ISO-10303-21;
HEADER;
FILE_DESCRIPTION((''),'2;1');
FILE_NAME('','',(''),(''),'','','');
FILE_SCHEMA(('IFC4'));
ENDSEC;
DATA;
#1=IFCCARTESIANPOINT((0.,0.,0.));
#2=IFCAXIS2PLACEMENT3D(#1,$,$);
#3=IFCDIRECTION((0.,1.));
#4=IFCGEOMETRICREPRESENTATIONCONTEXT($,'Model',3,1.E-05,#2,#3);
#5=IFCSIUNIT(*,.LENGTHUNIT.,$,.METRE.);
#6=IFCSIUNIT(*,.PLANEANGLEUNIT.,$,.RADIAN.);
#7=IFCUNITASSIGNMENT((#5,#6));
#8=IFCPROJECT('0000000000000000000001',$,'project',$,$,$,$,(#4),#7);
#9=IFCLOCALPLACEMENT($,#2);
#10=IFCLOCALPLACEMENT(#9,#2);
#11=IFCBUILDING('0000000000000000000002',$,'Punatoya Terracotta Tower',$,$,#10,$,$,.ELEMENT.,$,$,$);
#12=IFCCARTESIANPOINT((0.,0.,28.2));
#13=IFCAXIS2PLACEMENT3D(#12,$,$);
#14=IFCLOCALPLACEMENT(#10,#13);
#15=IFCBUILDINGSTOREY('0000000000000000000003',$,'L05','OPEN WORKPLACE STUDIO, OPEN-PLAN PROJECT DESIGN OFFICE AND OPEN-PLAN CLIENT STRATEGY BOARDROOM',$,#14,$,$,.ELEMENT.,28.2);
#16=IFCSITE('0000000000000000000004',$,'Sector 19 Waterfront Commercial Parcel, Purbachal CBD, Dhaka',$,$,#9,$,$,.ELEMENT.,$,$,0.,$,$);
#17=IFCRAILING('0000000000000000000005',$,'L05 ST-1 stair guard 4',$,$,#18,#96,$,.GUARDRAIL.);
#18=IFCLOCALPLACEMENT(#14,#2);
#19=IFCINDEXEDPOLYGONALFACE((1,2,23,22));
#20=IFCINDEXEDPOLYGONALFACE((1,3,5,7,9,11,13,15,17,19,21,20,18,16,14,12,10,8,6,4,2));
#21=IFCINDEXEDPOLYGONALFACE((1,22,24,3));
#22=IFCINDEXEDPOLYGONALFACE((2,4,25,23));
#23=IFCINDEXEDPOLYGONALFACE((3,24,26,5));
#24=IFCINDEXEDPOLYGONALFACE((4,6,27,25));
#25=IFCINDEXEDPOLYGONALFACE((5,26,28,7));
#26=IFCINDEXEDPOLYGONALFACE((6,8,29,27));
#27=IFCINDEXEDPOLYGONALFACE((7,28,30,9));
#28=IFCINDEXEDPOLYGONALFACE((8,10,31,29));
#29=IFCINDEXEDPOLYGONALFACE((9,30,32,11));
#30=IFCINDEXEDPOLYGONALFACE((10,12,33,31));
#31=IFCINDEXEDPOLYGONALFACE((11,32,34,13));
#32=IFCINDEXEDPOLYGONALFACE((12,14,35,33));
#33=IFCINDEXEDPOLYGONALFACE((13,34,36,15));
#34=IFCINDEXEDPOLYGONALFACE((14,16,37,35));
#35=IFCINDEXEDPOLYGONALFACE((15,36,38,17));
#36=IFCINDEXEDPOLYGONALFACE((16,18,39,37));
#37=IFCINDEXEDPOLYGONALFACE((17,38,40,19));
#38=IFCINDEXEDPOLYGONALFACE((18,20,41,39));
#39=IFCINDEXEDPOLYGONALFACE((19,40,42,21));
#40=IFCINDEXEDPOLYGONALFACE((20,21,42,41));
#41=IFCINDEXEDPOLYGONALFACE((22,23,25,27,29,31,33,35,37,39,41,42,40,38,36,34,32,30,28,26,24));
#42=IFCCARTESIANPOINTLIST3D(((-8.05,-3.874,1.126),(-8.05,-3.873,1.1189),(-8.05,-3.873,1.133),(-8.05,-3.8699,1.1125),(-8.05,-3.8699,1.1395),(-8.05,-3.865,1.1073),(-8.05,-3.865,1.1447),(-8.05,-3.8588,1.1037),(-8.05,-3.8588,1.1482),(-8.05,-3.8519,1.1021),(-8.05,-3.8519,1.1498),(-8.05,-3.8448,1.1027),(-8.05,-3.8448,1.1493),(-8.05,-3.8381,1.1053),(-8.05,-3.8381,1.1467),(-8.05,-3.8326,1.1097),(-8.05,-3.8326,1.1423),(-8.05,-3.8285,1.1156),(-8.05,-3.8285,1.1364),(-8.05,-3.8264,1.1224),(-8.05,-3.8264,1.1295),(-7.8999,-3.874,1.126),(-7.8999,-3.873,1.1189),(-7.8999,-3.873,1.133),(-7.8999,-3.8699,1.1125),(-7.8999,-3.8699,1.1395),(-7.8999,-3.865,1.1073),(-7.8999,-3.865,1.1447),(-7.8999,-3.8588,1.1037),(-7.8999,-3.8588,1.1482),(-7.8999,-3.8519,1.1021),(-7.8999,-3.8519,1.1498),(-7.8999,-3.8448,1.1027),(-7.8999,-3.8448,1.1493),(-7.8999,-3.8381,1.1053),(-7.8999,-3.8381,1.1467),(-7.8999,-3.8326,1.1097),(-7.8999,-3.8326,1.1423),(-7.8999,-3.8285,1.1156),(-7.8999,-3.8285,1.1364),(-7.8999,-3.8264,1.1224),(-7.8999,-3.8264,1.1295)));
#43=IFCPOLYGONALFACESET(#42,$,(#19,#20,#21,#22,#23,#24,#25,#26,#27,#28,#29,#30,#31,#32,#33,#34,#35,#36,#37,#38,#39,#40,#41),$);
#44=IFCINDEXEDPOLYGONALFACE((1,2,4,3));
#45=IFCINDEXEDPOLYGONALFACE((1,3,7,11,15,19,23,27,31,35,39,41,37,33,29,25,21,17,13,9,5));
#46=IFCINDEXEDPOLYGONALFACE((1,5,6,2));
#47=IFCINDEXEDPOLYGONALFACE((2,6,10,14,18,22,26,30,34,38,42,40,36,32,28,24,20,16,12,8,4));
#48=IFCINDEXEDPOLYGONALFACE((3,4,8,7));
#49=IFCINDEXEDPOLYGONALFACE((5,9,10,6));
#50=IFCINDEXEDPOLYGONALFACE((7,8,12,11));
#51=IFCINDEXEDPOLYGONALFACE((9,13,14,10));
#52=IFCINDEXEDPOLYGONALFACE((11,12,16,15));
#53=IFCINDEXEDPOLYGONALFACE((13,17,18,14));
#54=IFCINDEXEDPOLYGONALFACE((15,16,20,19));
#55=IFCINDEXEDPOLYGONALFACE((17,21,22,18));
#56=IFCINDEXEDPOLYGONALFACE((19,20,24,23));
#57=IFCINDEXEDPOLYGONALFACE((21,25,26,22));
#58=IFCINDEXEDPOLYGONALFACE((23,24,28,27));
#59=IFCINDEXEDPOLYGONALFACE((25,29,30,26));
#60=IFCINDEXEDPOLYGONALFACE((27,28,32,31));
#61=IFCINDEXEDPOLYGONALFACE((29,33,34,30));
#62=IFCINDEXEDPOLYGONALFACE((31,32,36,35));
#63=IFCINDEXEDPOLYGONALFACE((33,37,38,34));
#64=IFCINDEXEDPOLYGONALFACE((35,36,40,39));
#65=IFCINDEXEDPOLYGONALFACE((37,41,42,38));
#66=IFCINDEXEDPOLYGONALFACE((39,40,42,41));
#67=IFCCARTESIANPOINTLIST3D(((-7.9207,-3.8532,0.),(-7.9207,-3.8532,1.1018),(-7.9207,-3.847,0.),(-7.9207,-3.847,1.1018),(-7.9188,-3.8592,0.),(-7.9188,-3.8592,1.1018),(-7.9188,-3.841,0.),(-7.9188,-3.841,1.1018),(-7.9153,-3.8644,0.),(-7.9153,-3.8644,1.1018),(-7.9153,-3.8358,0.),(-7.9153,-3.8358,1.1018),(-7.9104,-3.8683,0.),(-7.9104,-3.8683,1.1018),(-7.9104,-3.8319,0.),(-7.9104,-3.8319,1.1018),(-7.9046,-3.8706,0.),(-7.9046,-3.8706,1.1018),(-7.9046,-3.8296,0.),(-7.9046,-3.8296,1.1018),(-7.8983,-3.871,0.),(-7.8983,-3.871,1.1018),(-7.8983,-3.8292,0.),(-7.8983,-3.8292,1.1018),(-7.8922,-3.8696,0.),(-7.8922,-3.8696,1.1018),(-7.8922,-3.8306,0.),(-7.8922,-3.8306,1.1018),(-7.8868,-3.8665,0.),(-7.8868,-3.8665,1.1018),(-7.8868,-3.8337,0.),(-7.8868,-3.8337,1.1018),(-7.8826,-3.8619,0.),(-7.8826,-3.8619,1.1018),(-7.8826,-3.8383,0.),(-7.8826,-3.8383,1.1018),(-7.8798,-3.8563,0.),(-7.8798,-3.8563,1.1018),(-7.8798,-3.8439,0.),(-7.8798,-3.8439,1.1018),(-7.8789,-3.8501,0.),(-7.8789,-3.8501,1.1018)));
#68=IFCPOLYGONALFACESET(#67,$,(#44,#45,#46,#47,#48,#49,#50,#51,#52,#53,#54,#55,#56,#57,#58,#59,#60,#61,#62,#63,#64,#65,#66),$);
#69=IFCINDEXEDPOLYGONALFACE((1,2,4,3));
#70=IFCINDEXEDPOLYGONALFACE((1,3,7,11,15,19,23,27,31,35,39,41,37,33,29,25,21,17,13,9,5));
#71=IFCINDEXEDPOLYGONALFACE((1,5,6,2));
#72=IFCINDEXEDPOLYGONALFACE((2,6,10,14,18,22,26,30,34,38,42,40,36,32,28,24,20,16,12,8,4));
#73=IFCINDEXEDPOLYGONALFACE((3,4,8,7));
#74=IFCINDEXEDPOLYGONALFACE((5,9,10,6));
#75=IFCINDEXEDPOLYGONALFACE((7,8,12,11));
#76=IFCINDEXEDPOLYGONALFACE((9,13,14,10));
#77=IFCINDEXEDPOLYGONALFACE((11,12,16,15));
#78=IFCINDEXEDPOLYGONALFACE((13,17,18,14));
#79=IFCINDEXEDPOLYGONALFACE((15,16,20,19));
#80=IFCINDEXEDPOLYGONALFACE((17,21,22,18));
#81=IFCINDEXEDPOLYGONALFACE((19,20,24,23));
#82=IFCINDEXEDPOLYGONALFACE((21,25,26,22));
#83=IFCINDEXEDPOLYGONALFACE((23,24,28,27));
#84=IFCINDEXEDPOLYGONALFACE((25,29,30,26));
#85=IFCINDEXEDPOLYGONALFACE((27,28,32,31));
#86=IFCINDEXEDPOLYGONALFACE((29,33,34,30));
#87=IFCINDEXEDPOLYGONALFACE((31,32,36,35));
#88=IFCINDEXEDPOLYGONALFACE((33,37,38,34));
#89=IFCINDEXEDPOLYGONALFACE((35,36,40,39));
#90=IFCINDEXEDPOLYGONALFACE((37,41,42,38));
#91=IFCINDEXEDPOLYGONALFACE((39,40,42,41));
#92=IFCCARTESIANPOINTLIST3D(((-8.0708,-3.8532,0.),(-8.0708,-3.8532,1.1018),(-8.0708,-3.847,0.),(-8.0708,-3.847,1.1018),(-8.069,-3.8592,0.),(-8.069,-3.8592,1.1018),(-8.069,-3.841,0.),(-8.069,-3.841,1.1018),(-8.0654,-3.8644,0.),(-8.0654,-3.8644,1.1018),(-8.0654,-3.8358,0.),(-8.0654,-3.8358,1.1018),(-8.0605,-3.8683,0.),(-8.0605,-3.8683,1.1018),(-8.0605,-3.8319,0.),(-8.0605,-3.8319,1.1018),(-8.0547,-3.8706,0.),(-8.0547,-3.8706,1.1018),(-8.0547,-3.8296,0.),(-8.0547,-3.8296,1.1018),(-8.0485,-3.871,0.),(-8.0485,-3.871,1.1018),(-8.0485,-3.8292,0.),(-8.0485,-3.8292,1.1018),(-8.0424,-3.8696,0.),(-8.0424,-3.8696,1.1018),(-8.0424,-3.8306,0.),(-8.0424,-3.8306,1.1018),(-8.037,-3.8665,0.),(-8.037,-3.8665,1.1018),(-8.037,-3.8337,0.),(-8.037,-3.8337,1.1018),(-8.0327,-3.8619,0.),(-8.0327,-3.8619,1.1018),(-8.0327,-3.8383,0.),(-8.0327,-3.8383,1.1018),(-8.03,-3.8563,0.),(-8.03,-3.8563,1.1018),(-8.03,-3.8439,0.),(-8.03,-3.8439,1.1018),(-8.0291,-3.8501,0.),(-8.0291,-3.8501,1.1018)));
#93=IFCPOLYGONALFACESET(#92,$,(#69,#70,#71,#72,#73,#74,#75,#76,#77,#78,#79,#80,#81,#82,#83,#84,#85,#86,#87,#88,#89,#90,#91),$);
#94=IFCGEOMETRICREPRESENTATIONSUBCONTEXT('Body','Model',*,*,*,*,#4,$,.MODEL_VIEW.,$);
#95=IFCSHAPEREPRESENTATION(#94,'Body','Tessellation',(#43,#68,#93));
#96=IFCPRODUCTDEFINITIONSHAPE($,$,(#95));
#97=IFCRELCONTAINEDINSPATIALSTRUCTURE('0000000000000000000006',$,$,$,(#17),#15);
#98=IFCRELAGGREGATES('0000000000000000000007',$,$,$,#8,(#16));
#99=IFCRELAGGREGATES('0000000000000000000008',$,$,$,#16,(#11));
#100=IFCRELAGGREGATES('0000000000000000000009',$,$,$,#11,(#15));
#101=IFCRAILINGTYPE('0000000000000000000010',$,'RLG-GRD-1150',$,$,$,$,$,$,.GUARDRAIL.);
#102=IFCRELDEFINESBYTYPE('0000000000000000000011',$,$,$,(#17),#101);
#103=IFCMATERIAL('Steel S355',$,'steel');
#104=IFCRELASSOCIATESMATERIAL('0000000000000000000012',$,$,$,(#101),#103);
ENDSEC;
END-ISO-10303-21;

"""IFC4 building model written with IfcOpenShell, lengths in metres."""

from ifc_helpers import new_model, si_unit, direction, frame, origin, origin_2d, place, context, subcontext, project, spatial, circle, extrude, material, type_object, element, save


model = new_model("IFC4")

# Units and contexts
model_context = context("Model", 3, precision=1e-05, world=origin(), true_north=direction((0.0, 1.0)))
body_context = subcontext(model_context, "Body", "Model", "MODEL_VIEW")
ifc_project = project(units=[si_unit("LENGTHUNIT", "METRE"), si_unit("PLANEANGLEUNIT", "RADIAN")], contexts=[model_context])

# Site, building, storey
site_placement = place(None, origin())
site = spatial("IfcSite", under=ifc_project, at=site_placement, Name="Sector 19 Waterfront Commercial Parcel, Purbachal CBD, Dhaka", CompositionType="ELEMENT", RefElevation=0.0)
building_placement = place(site_placement, origin())
building = spatial("IfcBuilding", under=site, at=building_placement, Name="Punatoya Terracotta Tower", CompositionType="ELEMENT")
storey_placement = place(building_placement, frame((0.0, 0.0, 28.2)))
storey = spatial("IfcBuildingStorey", under=building, at=storey_placement, Name="L05", Description="OPEN WORKPLACE STUDIO, OPEN-PLAN PROJECT DESIGN OFFICE AND OPEN-PLAN CLIENT STRATEGY BOARDROOM", CompositionType="ELEMENT", Elevation=28.2)

# Shared definitions
ifc_material_1 = material(Name="Steel S355", Category="steel")

# Railing
railing_type_1 = type_object("IfcRailingType", Name="RLG-GRD-1150", PredefinedType="GUARDRAIL", material=ifc_material_1)
railing_1_placement = place(storey_placement, frame((-7.8999, -3.8501, 0.0)))
element("IfcRailing", 1, at=railing_1_placement, inside=storey, type_object=railing_type_1, Name="L05 ST-1 stair guard 4", PredefinedType="GUARDRAIL", context=body_context, shape_type="SweptSolid", body=[
    extrude(circle(Radius=0.0239, at=origin_2d()), frame((0.0, 0.0, 1.126), z_axis=(-1.0, 0.0, 0.0), x_axis=(0.0, -1.0, 0.0)), (0.0, 0.0, 1.0), 0.1501),
    extrude(circle(Radius=0.021, at=origin_2d()), origin(), (0.0, 0.0, 1.0), 1.1018),
    extrude(circle(Radius=0.021, at=origin_2d()), frame((-0.1501, 0.0, 0.0)), (0.0, 0.0, 1.0), 1.1018),
])

save(model, "model.ifc")
